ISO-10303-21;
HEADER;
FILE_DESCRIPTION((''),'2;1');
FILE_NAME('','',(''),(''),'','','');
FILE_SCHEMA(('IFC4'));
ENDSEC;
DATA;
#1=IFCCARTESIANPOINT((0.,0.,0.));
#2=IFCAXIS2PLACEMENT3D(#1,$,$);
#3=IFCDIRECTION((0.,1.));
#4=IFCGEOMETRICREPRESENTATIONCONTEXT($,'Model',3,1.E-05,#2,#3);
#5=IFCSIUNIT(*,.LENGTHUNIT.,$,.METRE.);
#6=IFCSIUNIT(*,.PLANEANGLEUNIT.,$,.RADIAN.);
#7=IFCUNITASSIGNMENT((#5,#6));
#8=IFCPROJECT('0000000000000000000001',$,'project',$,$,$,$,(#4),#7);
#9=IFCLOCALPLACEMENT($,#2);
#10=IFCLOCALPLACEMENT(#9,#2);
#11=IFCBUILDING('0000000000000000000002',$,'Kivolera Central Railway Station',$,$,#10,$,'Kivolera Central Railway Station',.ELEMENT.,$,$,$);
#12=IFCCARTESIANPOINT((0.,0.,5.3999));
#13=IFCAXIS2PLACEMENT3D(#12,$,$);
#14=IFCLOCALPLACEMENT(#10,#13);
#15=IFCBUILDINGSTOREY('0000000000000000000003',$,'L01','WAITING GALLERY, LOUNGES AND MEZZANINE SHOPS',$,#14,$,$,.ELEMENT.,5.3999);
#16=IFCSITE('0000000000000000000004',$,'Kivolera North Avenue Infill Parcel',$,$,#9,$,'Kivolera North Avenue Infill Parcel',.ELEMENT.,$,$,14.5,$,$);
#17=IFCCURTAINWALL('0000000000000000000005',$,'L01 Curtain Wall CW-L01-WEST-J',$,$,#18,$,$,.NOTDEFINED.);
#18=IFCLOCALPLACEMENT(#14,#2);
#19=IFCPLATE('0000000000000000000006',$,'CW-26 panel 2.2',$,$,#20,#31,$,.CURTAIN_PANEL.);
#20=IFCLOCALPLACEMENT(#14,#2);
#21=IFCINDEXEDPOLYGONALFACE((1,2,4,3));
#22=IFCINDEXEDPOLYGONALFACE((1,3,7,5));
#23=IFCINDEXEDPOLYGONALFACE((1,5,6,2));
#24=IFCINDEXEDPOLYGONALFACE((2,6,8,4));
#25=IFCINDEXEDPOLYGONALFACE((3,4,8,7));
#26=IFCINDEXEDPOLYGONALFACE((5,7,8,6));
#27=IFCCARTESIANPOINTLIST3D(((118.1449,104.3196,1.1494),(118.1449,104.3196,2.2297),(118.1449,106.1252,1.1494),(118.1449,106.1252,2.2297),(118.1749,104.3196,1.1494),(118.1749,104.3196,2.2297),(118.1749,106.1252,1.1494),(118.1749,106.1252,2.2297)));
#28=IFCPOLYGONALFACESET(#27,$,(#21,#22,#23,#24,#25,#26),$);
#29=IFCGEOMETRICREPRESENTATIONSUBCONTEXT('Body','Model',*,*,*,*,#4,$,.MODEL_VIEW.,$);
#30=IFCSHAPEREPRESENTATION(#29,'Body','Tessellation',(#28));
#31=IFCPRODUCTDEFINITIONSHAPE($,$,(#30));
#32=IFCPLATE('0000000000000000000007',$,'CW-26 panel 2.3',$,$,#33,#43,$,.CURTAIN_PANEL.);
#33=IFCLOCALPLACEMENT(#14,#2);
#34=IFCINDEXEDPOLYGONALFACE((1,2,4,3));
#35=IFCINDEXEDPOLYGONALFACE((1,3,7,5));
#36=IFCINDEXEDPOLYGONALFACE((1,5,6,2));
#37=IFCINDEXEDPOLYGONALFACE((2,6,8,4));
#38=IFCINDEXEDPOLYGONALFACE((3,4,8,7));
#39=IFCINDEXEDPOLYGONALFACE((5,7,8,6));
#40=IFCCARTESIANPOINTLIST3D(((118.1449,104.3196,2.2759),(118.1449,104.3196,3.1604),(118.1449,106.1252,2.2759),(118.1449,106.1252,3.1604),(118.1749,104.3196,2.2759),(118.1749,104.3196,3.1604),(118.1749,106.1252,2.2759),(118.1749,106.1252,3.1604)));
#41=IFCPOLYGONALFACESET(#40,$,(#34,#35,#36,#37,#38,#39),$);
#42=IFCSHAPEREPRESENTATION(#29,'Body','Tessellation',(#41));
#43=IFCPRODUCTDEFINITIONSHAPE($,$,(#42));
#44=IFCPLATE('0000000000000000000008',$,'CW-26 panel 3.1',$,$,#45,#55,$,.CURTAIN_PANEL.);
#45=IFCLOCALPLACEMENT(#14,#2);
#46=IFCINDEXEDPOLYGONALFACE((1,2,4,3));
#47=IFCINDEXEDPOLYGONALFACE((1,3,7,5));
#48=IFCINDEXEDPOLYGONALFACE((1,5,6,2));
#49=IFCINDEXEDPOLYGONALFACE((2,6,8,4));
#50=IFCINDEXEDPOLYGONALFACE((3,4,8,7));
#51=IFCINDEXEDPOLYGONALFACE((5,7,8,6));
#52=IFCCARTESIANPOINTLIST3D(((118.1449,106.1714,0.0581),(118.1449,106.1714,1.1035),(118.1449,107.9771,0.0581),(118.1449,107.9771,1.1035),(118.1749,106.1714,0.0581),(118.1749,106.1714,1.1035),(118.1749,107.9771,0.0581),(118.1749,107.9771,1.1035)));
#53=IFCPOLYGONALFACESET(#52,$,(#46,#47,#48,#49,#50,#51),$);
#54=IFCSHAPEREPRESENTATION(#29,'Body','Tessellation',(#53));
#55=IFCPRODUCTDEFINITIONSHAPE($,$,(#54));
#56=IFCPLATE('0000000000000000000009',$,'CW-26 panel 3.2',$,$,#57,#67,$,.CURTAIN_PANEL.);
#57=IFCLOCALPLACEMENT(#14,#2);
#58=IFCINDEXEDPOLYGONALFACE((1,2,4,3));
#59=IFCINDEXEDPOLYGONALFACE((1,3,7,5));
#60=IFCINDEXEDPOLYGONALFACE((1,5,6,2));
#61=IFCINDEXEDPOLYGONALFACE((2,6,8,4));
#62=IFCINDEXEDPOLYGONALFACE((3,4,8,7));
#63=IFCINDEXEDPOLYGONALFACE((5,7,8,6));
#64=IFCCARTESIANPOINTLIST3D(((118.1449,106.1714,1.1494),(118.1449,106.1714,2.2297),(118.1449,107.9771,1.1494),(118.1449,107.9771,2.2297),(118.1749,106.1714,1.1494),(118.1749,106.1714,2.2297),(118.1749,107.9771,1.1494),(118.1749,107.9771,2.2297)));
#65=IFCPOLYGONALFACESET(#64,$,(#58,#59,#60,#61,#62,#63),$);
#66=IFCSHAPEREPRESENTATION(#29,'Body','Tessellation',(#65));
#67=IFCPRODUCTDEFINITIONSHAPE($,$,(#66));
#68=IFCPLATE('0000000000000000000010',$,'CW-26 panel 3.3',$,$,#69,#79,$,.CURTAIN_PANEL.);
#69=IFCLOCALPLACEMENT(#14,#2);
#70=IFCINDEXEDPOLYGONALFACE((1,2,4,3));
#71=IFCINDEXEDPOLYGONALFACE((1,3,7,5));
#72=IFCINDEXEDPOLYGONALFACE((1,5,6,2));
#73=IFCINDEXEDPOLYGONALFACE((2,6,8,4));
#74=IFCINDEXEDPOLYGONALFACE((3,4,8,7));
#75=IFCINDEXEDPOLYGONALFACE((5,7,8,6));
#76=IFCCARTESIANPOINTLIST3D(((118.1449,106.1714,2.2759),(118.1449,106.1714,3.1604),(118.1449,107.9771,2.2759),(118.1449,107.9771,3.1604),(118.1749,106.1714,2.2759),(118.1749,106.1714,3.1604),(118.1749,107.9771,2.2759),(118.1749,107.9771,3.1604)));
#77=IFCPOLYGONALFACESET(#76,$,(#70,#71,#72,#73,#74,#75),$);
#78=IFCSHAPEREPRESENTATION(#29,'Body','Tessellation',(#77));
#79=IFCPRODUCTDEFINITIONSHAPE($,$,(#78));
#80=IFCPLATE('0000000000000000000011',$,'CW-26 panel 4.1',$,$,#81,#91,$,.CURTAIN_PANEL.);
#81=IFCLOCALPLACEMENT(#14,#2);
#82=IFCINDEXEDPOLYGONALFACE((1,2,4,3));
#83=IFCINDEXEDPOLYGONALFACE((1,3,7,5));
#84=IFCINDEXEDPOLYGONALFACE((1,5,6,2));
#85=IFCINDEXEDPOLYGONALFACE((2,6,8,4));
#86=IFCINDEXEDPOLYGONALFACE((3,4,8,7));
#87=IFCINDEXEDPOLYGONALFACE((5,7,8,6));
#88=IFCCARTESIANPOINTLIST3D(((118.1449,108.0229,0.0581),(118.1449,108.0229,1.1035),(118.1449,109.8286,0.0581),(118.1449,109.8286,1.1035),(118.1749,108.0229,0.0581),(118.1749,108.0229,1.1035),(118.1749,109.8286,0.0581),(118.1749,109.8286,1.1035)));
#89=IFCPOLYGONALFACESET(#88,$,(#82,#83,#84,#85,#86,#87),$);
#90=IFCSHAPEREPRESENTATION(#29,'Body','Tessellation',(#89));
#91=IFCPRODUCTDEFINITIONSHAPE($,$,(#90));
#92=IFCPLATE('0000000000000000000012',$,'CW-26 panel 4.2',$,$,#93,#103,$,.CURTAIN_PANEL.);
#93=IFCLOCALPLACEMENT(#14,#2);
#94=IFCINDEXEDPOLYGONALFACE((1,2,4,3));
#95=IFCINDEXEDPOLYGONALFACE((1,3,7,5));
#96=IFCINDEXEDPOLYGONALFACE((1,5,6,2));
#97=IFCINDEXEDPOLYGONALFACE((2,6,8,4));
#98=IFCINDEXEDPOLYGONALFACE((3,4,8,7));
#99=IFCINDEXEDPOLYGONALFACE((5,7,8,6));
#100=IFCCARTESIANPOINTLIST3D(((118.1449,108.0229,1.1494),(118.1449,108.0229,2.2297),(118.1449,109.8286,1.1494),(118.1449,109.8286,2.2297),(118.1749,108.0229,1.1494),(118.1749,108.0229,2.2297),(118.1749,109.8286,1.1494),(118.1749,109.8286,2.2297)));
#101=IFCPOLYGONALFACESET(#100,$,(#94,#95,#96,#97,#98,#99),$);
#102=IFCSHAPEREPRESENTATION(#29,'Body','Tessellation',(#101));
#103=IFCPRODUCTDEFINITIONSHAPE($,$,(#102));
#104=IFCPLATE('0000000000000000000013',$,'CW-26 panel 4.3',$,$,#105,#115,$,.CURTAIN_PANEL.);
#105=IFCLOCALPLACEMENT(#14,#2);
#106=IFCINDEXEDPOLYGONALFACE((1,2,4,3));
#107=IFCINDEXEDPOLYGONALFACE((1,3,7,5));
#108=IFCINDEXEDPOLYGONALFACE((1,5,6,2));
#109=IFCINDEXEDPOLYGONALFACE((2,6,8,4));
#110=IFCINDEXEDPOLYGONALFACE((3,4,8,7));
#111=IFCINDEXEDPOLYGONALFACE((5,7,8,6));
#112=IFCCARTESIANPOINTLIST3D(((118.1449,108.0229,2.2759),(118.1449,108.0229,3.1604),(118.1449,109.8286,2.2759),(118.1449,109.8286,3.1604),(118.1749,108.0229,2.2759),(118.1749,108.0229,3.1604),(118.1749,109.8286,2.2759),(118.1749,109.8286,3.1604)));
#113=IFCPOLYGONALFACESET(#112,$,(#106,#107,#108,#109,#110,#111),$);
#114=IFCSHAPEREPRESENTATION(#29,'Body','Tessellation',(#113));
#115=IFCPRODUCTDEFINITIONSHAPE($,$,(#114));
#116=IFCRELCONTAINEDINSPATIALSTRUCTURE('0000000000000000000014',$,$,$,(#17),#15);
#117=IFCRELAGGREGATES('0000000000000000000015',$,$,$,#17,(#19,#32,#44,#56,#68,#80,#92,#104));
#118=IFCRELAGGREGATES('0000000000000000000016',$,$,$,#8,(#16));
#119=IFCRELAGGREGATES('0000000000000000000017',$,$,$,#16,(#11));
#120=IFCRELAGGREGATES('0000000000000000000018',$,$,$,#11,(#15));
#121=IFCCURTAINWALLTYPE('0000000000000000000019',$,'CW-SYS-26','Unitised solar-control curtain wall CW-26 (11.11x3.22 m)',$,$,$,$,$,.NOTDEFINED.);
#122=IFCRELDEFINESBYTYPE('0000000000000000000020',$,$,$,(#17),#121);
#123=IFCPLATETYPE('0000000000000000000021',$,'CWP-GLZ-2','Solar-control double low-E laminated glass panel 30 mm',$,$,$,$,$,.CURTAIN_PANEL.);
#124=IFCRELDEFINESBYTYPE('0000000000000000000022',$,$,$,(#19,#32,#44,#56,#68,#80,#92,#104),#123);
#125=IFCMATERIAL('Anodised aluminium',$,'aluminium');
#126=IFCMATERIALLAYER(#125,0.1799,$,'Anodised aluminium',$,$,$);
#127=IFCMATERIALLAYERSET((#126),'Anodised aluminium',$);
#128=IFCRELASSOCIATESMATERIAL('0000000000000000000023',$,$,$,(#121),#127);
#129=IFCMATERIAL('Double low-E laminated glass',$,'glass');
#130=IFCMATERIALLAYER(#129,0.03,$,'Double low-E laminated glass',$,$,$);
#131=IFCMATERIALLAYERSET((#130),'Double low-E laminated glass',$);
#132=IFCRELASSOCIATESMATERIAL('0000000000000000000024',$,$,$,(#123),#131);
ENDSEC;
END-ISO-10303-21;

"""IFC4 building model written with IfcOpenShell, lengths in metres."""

from ifc_helpers import new_model, si_unit, direction, frame, origin, origin_2d, place, context, subcontext, project, spatial, rectangle, extrude, material, layer, layer_set, type_object, element, aggregate, save


model = new_model("IFC4")

# Units and contexts
model_context = context("Model", 3, precision=1e-05, world=origin(), true_north=direction((0.0, 1.0)))
body_context = subcontext(model_context, "Body", "Model", "MODEL_VIEW")
ifc_project = project(units=[si_unit("LENGTHUNIT", "METRE"), si_unit("PLANEANGLEUNIT", "RADIAN")], contexts=[model_context])

# Site, building, storey
site_placement = place(None, origin())
site = spatial("IfcSite", under=ifc_project, at=site_placement, Name="Kivolera North Avenue Infill Parcel", LongName="Kivolera North Avenue Infill Parcel", CompositionType="ELEMENT", RefElevation=14.5)
building_placement = place(site_placement, origin())
building = spatial("IfcBuilding", under=site, at=building_placement, Name="Kivolera Central Railway Station", LongName="Kivolera Central Railway Station", CompositionType="ELEMENT")
storey_placement = place(building_placement, frame((0.0, 0.0, 5.3999)))
storey = spatial("IfcBuildingStorey", under=building, at=storey_placement, Name="L01", Description="WAITING GALLERY, LOUNGES AND MEZZANINE SHOPS", CompositionType="ELEMENT", Elevation=5.3999)

# Curtain wall, plates
ifc_material_1 = material(Name="Anodised aluminium", Category="aluminium")
ifc_layer_1 = layer(ifc_material_1, 0.1799, Name="Anodised aluminium")
ifc_layer_set_1 = layer_set([ifc_layer_1], Name="Anodised aluminium")
curtain_wall_type = type_object("IfcCurtainWallType", Name="CW-SYS-26", Description="Unitised solar-control curtain wall CW-26 (11.11x3.22 m)", PredefinedType="NOTDEFINED", material=ifc_layer_set_1)
curtain_wall_placement = place(storey_placement, origin())
curtain_wall = element("IfcCurtainWall", 1, at=curtain_wall_placement, inside=storey, type_object=curtain_wall_type, Name="L01 Curtain Wall CW-L01-WEST-J", PredefinedType="NOTDEFINED")
ifc_material_2 = material(Name="Double low-E laminated glass", Category="glass")
ifc_layer_2 = layer(ifc_material_2, 0.03, Name="Double low-E laminated glass")
ifc_layer_set_2 = layer_set([ifc_layer_2], Name="Double low-E laminated glass")
plate_type = type_object("IfcPlateType", Name="CWP-GLZ-2", Description="Solar-control double low-E laminated glass panel 30 mm", PredefinedType="CURTAIN_PANEL", material=ifc_layer_set_2)
plate_1_placement = place(storey_placement, frame((118.1599, 105.2224, 1.1494), z_axis=(0.0, 0.0, 1.0), x_axis=(0.0, 1.0, 0.0)))
plate_1 = element("IfcPlate", 2, at=plate_1_placement, type_object=plate_type, Name="CW-26 panel 2.2", PredefinedType="CURTAIN_PANEL", context=body_context, shape_type="SweptSolid", body=[
    extrude(rectangle(XDim=1.8057, YDim=0.03, at=origin_2d()), origin(), (0.0, 0.0, 1.0), 1.0803),
])
plate_2_placement = place(storey_placement, frame((118.1599, 105.2224, 2.2759), z_axis=(0.0, 0.0, 1.0), x_axis=(0.0, 1.0, 0.0)))
plate_2 = element("IfcPlate", 3, at=plate_2_placement, type_object=plate_type, Name="CW-26 panel 2.3", PredefinedType="CURTAIN_PANEL", context=body_context, shape_type="SweptSolid", body=[
    extrude(rectangle(XDim=1.8057, YDim=0.03, at=origin_2d()), origin(), (0.0, 0.0, 1.0), 0.8845),
])
plate_3_placement = place(storey_placement, frame((118.1599, 107.0742, 0.0581), z_axis=(0.0, 0.0, 1.0), x_axis=(0.0, 1.0, 0.0)))
plate_3 = element("IfcPlate", 4, at=plate_3_placement, type_object=plate_type, Name="CW-26 panel 3.1", PredefinedType="CURTAIN_PANEL", context=body_context, shape_type="SweptSolid", body=[
    extrude(rectangle(XDim=1.8057, YDim=0.03, at=origin_2d()), origin(), (0.0, 0.0, 1.0), 1.0454),
])
plate_4_placement = place(storey_placement, frame((118.1599, 107.0742, 1.1494), z_axis=(0.0, 0.0, 1.0), x_axis=(0.0, 1.0, 0.0)))
plate_4 = element("IfcPlate", 5, at=plate_4_placement, type_object=plate_type, Name="CW-26 panel 3.2", PredefinedType="CURTAIN_PANEL", context=body_context, shape_type="SweptSolid", body=[
    extrude(rectangle(XDim=1.8057, YDim=0.03, at=origin_2d()), origin(), (0.0, 0.0, 1.0), 1.0803),
])
plate_5_placement = place(storey_placement, frame((118.1599, 107.0742, 2.2759), z_axis=(0.0, 0.0, 1.0), x_axis=(0.0, 1.0, 0.0)))
plate_5 = element("IfcPlate", 6, at=plate_5_placement, type_object=plate_type, Name="CW-26 panel 3.3", PredefinedType="CURTAIN_PANEL", context=body_context, shape_type="SweptSolid", body=[
    extrude(rectangle(XDim=1.8057, YDim=0.03, at=origin_2d()), origin(), (0.0, 0.0, 1.0), 0.8845),
])
plate_6_placement = place(storey_placement, frame((118.1599, 108.9258, 0.0581), z_axis=(0.0, 0.0, 1.0), x_axis=(0.0, 1.0, 0.0)))
plate_6 = element("IfcPlate", 7, at=plate_6_placement, type_object=plate_type, Name="CW-26 panel 4.1", PredefinedType="CURTAIN_PANEL", context=body_context, shape_type="SweptSolid", body=[
    extrude(rectangle(XDim=1.8057, YDim=0.03, at=origin_2d()), origin(), (0.0, 0.0, 1.0), 1.0454),
])
plate_7_placement = place(storey_placement, frame((118.1599, 108.9258, 1.1494), z_axis=(0.0, 0.0, 1.0), x_axis=(0.0, 1.0, 0.0)))
plate_7 = element("IfcPlate", 8, at=plate_7_placement, type_object=plate_type, Name="CW-26 panel 4.2", PredefinedType="CURTAIN_PANEL", context=body_context, shape_type="SweptSolid", body=[
    extrude(rectangle(XDim=1.8057, YDim=0.03, at=origin_2d()), origin(), (0.0, 0.0, 1.0), 1.0803),
])
plate_8_placement = place(storey_placement, frame((118.1599, 108.9258, 2.2759), z_axis=(0.0, 0.0, 1.0), x_axis=(0.0, 1.0, 0.0)))
plate_8 = element("IfcPlate", 9, at=plate_8_placement, type_object=plate_type, Name="CW-26 panel 4.3", PredefinedType="CURTAIN_PANEL", context=body_context, shape_type="SweptSolid", body=[
    extrude(rectangle(XDim=1.8057, YDim=0.03, at=origin_2d()), origin(), (0.0, 0.0, 1.0), 0.8845),
])
aggregate(curtain_wall, [plate_1, plate_2, plate_3, plate_4, plate_5, plate_6, plate_7, plate_8])

save(model, "model.ifc")
